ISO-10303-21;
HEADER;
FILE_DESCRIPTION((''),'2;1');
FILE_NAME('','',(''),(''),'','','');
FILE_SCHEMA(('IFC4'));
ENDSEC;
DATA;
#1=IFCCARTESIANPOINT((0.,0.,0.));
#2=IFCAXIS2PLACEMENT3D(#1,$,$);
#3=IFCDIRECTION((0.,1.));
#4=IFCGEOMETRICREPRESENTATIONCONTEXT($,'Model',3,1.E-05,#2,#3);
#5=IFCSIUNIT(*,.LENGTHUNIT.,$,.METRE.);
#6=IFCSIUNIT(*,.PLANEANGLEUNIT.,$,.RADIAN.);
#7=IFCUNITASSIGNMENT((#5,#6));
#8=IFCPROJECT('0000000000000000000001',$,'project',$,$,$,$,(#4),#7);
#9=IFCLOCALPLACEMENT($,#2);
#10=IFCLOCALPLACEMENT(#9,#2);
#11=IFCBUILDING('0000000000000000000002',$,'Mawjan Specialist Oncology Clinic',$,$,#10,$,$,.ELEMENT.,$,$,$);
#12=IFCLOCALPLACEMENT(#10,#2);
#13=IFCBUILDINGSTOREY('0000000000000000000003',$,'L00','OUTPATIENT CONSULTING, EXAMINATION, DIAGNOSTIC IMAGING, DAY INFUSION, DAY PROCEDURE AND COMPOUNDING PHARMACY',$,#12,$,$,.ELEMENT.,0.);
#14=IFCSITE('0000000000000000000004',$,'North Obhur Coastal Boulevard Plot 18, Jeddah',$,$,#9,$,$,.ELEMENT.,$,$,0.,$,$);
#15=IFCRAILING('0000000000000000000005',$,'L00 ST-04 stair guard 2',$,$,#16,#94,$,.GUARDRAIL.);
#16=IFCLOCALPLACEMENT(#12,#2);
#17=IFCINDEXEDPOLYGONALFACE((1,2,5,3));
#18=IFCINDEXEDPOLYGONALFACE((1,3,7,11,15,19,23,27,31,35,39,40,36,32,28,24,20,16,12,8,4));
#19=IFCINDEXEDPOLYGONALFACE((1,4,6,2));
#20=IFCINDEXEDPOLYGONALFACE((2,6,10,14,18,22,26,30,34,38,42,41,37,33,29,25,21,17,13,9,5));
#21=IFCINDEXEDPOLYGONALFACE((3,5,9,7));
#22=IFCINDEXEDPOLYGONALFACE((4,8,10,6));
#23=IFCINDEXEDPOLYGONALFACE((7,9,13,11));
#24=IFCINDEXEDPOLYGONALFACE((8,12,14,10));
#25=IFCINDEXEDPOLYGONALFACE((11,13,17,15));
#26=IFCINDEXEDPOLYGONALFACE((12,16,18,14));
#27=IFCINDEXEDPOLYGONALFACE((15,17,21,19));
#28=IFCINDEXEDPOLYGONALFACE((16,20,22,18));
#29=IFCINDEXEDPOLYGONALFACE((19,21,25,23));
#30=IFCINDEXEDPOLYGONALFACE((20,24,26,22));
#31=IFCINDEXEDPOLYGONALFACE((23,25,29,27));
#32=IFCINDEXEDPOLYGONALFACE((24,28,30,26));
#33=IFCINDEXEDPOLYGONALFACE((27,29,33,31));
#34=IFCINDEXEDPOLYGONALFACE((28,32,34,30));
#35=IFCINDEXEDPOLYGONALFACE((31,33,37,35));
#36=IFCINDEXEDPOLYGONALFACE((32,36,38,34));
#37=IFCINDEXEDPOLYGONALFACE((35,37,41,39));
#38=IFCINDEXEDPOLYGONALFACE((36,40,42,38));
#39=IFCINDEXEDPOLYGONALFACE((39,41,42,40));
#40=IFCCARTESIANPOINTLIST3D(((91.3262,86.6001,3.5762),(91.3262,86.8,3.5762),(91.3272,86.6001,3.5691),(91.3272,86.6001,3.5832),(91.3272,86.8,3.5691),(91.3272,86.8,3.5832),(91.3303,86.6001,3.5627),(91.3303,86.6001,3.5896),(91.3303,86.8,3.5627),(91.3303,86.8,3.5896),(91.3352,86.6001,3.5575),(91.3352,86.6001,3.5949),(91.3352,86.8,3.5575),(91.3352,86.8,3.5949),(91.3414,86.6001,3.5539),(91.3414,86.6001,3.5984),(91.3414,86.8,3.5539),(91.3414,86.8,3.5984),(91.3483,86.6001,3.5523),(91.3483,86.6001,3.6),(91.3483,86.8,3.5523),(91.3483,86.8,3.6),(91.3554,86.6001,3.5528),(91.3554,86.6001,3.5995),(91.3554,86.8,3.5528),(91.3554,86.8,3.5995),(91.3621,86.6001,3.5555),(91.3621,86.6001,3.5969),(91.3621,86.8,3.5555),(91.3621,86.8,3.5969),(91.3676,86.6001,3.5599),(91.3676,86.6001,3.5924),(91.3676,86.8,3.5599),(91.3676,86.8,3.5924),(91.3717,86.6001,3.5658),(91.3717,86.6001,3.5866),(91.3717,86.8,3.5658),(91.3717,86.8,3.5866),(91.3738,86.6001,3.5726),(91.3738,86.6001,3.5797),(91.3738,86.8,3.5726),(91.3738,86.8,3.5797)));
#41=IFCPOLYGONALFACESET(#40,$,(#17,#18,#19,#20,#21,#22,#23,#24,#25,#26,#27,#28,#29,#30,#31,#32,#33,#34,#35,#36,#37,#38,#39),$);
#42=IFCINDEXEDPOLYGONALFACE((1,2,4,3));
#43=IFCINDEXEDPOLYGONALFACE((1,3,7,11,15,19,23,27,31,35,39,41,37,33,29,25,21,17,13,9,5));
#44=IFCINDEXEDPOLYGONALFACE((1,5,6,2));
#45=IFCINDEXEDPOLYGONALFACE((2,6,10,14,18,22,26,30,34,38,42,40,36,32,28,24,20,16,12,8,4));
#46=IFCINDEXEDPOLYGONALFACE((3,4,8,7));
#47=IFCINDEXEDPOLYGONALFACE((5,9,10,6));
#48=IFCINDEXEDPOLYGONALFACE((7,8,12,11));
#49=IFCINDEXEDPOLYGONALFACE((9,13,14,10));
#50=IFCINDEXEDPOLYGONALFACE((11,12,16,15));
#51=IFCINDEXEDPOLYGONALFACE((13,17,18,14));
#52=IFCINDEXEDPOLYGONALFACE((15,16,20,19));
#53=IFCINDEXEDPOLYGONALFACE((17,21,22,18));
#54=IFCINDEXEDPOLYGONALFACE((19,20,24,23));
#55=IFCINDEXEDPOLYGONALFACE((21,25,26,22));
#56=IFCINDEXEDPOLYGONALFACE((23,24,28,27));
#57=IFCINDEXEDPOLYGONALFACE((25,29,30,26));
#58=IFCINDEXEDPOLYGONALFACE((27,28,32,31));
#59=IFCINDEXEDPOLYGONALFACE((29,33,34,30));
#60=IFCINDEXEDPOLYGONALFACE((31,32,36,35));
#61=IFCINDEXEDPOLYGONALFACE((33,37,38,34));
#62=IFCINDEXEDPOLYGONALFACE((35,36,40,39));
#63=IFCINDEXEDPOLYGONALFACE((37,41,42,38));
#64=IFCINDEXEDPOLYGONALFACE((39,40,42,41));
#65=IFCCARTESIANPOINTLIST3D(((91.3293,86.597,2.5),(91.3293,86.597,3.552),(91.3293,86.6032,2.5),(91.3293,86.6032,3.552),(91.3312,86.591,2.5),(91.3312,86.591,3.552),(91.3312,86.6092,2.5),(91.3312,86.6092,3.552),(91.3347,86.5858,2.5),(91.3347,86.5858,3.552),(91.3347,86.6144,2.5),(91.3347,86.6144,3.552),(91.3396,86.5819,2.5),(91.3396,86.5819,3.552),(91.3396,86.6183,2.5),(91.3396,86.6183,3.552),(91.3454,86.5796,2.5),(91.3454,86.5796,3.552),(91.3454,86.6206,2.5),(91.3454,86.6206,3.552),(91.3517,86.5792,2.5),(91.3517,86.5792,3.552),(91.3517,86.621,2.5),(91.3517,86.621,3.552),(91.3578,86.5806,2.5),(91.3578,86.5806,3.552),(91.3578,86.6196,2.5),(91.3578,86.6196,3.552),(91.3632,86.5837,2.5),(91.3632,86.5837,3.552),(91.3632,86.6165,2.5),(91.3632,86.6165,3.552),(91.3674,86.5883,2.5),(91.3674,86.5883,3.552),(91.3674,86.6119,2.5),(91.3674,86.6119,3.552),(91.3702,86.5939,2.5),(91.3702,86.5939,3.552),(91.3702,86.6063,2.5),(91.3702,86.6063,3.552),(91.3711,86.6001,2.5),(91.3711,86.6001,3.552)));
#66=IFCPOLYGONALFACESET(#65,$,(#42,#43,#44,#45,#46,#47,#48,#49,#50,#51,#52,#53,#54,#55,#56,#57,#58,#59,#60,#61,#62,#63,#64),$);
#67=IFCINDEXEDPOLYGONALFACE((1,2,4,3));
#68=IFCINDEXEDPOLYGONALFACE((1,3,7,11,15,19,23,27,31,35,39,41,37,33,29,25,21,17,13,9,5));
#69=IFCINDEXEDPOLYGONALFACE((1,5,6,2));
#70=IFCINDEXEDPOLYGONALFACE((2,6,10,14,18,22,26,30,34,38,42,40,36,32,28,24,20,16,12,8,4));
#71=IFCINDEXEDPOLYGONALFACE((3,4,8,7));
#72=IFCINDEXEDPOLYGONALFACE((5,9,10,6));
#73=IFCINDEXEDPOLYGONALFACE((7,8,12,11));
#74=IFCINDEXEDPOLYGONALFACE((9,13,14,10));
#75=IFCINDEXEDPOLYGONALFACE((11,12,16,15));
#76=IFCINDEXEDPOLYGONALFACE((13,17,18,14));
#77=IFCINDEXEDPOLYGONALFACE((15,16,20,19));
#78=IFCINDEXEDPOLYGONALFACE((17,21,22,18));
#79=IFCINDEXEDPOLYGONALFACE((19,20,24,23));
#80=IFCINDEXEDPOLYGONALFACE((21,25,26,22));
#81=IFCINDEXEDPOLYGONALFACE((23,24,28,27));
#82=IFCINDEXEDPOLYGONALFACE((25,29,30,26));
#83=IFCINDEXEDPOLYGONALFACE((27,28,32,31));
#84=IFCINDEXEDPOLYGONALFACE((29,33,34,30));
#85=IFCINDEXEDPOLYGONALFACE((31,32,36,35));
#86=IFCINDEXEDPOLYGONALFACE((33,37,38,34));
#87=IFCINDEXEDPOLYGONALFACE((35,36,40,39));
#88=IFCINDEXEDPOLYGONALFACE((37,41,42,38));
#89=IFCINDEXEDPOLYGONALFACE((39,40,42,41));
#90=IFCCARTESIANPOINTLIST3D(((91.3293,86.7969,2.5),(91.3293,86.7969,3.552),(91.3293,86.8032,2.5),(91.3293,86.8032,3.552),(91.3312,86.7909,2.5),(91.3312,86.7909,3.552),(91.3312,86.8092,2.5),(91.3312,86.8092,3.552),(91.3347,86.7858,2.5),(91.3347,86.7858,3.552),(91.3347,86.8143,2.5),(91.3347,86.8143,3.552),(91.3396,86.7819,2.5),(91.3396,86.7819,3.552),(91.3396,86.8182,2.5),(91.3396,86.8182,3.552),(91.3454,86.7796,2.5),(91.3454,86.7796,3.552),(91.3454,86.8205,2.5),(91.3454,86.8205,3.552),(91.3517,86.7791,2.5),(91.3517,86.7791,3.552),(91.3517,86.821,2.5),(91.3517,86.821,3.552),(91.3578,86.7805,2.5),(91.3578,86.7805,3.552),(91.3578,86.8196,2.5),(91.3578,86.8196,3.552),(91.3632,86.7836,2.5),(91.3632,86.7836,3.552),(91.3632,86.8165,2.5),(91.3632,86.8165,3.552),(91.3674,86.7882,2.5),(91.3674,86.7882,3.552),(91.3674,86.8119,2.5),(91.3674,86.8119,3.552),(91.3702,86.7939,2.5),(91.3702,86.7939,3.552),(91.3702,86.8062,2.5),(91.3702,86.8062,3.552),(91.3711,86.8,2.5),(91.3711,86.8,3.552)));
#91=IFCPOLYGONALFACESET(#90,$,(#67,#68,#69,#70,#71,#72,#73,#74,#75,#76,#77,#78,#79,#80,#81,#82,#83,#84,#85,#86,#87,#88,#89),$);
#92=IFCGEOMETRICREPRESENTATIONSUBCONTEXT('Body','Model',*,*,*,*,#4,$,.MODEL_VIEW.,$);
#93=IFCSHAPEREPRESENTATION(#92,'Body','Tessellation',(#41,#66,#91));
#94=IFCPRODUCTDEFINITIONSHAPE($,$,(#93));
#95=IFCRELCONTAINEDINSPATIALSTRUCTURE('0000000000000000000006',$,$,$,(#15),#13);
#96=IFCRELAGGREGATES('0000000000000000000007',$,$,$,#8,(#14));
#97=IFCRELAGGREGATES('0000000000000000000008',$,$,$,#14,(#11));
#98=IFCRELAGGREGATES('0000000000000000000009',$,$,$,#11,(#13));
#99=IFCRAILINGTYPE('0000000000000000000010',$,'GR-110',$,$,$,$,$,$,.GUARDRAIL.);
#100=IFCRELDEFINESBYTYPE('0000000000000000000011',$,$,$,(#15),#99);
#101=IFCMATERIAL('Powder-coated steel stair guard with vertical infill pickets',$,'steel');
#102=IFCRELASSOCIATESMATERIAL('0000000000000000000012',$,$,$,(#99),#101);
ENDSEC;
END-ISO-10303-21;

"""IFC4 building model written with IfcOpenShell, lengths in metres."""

from ifc_helpers import new_model, si_unit, direction, frame, origin, origin_2d, place, context, subcontext, project, spatial, circle, extrude, material, type_object, element, save


model = new_model("IFC4")

# Units and contexts
model_context = context("Model", 3, precision=1e-05, world=origin(), true_north=direction((0.0, 1.0)))
body_context = subcontext(model_context, "Body", "Model", "MODEL_VIEW")
ifc_project = project(units=[si_unit("LENGTHUNIT", "METRE"), si_unit("PLANEANGLEUNIT", "RADIAN")], contexts=[model_context])

# Site, building, storey
site_placement = place(None, origin())
site = spatial("IfcSite", under=ifc_project, at=site_placement, Name="North Obhur Coastal Boulevard Plot 18, Jeddah", CompositionType="ELEMENT", RefElevation=0.0)
building_placement = place(site_placement, origin())
building = spatial("IfcBuilding", under=site, at=building_placement, Name="Mawjan Specialist Oncology Clinic", CompositionType="ELEMENT")
storey_placement = place(building_placement, origin())
storey = spatial("IfcBuildingStorey", under=building, at=storey_placement, Name="L00", Description="OUTPATIENT CONSULTING, EXAMINATION, DIAGNOSTIC IMAGING, DAY INFUSION, DAY PROCEDURE AND COMPOUNDING PHARMACY", CompositionType="ELEMENT", Elevation=0.0)

# Railing
ifc_material_1 = material(Name="Powder-coated steel stair guard with vertical infill pickets", Category="steel")
railing_type_1 = type_object("IfcRailingType", Name="GR-110", PredefinedType="GUARDRAIL", material=ifc_material_1)
railing_1_placement = place(storey_placement, frame((91.3501, 86.6001, 2.5)))
element("IfcRailing", 1, at=railing_1_placement, inside=storey, type_object=railing_type_1, Name="L00 ST-04 stair guard 2", PredefinedType="GUARDRAIL", context=body_context, shape_type="SweptSolid", body=[
    extrude(circle(Radius=0.0239, at=origin_2d()), frame((0.0, 0.0, 1.0762), z_axis=(0.0, 1.0, 0.0), x_axis=(-1.0, 0.0, 0.0)), (0.0, 0.0, 1.0), 0.2),
    extrude(circle(Radius=0.021, at=origin_2d()), origin(), (0.0, 0.0, 1.0), 1.052),
    extrude(circle(Radius=0.021, at=origin_2d()), frame((0.0, 0.2, 0.0)), (0.0, 0.0, 1.0), 1.052),
])

save(model, "model.ifc")
